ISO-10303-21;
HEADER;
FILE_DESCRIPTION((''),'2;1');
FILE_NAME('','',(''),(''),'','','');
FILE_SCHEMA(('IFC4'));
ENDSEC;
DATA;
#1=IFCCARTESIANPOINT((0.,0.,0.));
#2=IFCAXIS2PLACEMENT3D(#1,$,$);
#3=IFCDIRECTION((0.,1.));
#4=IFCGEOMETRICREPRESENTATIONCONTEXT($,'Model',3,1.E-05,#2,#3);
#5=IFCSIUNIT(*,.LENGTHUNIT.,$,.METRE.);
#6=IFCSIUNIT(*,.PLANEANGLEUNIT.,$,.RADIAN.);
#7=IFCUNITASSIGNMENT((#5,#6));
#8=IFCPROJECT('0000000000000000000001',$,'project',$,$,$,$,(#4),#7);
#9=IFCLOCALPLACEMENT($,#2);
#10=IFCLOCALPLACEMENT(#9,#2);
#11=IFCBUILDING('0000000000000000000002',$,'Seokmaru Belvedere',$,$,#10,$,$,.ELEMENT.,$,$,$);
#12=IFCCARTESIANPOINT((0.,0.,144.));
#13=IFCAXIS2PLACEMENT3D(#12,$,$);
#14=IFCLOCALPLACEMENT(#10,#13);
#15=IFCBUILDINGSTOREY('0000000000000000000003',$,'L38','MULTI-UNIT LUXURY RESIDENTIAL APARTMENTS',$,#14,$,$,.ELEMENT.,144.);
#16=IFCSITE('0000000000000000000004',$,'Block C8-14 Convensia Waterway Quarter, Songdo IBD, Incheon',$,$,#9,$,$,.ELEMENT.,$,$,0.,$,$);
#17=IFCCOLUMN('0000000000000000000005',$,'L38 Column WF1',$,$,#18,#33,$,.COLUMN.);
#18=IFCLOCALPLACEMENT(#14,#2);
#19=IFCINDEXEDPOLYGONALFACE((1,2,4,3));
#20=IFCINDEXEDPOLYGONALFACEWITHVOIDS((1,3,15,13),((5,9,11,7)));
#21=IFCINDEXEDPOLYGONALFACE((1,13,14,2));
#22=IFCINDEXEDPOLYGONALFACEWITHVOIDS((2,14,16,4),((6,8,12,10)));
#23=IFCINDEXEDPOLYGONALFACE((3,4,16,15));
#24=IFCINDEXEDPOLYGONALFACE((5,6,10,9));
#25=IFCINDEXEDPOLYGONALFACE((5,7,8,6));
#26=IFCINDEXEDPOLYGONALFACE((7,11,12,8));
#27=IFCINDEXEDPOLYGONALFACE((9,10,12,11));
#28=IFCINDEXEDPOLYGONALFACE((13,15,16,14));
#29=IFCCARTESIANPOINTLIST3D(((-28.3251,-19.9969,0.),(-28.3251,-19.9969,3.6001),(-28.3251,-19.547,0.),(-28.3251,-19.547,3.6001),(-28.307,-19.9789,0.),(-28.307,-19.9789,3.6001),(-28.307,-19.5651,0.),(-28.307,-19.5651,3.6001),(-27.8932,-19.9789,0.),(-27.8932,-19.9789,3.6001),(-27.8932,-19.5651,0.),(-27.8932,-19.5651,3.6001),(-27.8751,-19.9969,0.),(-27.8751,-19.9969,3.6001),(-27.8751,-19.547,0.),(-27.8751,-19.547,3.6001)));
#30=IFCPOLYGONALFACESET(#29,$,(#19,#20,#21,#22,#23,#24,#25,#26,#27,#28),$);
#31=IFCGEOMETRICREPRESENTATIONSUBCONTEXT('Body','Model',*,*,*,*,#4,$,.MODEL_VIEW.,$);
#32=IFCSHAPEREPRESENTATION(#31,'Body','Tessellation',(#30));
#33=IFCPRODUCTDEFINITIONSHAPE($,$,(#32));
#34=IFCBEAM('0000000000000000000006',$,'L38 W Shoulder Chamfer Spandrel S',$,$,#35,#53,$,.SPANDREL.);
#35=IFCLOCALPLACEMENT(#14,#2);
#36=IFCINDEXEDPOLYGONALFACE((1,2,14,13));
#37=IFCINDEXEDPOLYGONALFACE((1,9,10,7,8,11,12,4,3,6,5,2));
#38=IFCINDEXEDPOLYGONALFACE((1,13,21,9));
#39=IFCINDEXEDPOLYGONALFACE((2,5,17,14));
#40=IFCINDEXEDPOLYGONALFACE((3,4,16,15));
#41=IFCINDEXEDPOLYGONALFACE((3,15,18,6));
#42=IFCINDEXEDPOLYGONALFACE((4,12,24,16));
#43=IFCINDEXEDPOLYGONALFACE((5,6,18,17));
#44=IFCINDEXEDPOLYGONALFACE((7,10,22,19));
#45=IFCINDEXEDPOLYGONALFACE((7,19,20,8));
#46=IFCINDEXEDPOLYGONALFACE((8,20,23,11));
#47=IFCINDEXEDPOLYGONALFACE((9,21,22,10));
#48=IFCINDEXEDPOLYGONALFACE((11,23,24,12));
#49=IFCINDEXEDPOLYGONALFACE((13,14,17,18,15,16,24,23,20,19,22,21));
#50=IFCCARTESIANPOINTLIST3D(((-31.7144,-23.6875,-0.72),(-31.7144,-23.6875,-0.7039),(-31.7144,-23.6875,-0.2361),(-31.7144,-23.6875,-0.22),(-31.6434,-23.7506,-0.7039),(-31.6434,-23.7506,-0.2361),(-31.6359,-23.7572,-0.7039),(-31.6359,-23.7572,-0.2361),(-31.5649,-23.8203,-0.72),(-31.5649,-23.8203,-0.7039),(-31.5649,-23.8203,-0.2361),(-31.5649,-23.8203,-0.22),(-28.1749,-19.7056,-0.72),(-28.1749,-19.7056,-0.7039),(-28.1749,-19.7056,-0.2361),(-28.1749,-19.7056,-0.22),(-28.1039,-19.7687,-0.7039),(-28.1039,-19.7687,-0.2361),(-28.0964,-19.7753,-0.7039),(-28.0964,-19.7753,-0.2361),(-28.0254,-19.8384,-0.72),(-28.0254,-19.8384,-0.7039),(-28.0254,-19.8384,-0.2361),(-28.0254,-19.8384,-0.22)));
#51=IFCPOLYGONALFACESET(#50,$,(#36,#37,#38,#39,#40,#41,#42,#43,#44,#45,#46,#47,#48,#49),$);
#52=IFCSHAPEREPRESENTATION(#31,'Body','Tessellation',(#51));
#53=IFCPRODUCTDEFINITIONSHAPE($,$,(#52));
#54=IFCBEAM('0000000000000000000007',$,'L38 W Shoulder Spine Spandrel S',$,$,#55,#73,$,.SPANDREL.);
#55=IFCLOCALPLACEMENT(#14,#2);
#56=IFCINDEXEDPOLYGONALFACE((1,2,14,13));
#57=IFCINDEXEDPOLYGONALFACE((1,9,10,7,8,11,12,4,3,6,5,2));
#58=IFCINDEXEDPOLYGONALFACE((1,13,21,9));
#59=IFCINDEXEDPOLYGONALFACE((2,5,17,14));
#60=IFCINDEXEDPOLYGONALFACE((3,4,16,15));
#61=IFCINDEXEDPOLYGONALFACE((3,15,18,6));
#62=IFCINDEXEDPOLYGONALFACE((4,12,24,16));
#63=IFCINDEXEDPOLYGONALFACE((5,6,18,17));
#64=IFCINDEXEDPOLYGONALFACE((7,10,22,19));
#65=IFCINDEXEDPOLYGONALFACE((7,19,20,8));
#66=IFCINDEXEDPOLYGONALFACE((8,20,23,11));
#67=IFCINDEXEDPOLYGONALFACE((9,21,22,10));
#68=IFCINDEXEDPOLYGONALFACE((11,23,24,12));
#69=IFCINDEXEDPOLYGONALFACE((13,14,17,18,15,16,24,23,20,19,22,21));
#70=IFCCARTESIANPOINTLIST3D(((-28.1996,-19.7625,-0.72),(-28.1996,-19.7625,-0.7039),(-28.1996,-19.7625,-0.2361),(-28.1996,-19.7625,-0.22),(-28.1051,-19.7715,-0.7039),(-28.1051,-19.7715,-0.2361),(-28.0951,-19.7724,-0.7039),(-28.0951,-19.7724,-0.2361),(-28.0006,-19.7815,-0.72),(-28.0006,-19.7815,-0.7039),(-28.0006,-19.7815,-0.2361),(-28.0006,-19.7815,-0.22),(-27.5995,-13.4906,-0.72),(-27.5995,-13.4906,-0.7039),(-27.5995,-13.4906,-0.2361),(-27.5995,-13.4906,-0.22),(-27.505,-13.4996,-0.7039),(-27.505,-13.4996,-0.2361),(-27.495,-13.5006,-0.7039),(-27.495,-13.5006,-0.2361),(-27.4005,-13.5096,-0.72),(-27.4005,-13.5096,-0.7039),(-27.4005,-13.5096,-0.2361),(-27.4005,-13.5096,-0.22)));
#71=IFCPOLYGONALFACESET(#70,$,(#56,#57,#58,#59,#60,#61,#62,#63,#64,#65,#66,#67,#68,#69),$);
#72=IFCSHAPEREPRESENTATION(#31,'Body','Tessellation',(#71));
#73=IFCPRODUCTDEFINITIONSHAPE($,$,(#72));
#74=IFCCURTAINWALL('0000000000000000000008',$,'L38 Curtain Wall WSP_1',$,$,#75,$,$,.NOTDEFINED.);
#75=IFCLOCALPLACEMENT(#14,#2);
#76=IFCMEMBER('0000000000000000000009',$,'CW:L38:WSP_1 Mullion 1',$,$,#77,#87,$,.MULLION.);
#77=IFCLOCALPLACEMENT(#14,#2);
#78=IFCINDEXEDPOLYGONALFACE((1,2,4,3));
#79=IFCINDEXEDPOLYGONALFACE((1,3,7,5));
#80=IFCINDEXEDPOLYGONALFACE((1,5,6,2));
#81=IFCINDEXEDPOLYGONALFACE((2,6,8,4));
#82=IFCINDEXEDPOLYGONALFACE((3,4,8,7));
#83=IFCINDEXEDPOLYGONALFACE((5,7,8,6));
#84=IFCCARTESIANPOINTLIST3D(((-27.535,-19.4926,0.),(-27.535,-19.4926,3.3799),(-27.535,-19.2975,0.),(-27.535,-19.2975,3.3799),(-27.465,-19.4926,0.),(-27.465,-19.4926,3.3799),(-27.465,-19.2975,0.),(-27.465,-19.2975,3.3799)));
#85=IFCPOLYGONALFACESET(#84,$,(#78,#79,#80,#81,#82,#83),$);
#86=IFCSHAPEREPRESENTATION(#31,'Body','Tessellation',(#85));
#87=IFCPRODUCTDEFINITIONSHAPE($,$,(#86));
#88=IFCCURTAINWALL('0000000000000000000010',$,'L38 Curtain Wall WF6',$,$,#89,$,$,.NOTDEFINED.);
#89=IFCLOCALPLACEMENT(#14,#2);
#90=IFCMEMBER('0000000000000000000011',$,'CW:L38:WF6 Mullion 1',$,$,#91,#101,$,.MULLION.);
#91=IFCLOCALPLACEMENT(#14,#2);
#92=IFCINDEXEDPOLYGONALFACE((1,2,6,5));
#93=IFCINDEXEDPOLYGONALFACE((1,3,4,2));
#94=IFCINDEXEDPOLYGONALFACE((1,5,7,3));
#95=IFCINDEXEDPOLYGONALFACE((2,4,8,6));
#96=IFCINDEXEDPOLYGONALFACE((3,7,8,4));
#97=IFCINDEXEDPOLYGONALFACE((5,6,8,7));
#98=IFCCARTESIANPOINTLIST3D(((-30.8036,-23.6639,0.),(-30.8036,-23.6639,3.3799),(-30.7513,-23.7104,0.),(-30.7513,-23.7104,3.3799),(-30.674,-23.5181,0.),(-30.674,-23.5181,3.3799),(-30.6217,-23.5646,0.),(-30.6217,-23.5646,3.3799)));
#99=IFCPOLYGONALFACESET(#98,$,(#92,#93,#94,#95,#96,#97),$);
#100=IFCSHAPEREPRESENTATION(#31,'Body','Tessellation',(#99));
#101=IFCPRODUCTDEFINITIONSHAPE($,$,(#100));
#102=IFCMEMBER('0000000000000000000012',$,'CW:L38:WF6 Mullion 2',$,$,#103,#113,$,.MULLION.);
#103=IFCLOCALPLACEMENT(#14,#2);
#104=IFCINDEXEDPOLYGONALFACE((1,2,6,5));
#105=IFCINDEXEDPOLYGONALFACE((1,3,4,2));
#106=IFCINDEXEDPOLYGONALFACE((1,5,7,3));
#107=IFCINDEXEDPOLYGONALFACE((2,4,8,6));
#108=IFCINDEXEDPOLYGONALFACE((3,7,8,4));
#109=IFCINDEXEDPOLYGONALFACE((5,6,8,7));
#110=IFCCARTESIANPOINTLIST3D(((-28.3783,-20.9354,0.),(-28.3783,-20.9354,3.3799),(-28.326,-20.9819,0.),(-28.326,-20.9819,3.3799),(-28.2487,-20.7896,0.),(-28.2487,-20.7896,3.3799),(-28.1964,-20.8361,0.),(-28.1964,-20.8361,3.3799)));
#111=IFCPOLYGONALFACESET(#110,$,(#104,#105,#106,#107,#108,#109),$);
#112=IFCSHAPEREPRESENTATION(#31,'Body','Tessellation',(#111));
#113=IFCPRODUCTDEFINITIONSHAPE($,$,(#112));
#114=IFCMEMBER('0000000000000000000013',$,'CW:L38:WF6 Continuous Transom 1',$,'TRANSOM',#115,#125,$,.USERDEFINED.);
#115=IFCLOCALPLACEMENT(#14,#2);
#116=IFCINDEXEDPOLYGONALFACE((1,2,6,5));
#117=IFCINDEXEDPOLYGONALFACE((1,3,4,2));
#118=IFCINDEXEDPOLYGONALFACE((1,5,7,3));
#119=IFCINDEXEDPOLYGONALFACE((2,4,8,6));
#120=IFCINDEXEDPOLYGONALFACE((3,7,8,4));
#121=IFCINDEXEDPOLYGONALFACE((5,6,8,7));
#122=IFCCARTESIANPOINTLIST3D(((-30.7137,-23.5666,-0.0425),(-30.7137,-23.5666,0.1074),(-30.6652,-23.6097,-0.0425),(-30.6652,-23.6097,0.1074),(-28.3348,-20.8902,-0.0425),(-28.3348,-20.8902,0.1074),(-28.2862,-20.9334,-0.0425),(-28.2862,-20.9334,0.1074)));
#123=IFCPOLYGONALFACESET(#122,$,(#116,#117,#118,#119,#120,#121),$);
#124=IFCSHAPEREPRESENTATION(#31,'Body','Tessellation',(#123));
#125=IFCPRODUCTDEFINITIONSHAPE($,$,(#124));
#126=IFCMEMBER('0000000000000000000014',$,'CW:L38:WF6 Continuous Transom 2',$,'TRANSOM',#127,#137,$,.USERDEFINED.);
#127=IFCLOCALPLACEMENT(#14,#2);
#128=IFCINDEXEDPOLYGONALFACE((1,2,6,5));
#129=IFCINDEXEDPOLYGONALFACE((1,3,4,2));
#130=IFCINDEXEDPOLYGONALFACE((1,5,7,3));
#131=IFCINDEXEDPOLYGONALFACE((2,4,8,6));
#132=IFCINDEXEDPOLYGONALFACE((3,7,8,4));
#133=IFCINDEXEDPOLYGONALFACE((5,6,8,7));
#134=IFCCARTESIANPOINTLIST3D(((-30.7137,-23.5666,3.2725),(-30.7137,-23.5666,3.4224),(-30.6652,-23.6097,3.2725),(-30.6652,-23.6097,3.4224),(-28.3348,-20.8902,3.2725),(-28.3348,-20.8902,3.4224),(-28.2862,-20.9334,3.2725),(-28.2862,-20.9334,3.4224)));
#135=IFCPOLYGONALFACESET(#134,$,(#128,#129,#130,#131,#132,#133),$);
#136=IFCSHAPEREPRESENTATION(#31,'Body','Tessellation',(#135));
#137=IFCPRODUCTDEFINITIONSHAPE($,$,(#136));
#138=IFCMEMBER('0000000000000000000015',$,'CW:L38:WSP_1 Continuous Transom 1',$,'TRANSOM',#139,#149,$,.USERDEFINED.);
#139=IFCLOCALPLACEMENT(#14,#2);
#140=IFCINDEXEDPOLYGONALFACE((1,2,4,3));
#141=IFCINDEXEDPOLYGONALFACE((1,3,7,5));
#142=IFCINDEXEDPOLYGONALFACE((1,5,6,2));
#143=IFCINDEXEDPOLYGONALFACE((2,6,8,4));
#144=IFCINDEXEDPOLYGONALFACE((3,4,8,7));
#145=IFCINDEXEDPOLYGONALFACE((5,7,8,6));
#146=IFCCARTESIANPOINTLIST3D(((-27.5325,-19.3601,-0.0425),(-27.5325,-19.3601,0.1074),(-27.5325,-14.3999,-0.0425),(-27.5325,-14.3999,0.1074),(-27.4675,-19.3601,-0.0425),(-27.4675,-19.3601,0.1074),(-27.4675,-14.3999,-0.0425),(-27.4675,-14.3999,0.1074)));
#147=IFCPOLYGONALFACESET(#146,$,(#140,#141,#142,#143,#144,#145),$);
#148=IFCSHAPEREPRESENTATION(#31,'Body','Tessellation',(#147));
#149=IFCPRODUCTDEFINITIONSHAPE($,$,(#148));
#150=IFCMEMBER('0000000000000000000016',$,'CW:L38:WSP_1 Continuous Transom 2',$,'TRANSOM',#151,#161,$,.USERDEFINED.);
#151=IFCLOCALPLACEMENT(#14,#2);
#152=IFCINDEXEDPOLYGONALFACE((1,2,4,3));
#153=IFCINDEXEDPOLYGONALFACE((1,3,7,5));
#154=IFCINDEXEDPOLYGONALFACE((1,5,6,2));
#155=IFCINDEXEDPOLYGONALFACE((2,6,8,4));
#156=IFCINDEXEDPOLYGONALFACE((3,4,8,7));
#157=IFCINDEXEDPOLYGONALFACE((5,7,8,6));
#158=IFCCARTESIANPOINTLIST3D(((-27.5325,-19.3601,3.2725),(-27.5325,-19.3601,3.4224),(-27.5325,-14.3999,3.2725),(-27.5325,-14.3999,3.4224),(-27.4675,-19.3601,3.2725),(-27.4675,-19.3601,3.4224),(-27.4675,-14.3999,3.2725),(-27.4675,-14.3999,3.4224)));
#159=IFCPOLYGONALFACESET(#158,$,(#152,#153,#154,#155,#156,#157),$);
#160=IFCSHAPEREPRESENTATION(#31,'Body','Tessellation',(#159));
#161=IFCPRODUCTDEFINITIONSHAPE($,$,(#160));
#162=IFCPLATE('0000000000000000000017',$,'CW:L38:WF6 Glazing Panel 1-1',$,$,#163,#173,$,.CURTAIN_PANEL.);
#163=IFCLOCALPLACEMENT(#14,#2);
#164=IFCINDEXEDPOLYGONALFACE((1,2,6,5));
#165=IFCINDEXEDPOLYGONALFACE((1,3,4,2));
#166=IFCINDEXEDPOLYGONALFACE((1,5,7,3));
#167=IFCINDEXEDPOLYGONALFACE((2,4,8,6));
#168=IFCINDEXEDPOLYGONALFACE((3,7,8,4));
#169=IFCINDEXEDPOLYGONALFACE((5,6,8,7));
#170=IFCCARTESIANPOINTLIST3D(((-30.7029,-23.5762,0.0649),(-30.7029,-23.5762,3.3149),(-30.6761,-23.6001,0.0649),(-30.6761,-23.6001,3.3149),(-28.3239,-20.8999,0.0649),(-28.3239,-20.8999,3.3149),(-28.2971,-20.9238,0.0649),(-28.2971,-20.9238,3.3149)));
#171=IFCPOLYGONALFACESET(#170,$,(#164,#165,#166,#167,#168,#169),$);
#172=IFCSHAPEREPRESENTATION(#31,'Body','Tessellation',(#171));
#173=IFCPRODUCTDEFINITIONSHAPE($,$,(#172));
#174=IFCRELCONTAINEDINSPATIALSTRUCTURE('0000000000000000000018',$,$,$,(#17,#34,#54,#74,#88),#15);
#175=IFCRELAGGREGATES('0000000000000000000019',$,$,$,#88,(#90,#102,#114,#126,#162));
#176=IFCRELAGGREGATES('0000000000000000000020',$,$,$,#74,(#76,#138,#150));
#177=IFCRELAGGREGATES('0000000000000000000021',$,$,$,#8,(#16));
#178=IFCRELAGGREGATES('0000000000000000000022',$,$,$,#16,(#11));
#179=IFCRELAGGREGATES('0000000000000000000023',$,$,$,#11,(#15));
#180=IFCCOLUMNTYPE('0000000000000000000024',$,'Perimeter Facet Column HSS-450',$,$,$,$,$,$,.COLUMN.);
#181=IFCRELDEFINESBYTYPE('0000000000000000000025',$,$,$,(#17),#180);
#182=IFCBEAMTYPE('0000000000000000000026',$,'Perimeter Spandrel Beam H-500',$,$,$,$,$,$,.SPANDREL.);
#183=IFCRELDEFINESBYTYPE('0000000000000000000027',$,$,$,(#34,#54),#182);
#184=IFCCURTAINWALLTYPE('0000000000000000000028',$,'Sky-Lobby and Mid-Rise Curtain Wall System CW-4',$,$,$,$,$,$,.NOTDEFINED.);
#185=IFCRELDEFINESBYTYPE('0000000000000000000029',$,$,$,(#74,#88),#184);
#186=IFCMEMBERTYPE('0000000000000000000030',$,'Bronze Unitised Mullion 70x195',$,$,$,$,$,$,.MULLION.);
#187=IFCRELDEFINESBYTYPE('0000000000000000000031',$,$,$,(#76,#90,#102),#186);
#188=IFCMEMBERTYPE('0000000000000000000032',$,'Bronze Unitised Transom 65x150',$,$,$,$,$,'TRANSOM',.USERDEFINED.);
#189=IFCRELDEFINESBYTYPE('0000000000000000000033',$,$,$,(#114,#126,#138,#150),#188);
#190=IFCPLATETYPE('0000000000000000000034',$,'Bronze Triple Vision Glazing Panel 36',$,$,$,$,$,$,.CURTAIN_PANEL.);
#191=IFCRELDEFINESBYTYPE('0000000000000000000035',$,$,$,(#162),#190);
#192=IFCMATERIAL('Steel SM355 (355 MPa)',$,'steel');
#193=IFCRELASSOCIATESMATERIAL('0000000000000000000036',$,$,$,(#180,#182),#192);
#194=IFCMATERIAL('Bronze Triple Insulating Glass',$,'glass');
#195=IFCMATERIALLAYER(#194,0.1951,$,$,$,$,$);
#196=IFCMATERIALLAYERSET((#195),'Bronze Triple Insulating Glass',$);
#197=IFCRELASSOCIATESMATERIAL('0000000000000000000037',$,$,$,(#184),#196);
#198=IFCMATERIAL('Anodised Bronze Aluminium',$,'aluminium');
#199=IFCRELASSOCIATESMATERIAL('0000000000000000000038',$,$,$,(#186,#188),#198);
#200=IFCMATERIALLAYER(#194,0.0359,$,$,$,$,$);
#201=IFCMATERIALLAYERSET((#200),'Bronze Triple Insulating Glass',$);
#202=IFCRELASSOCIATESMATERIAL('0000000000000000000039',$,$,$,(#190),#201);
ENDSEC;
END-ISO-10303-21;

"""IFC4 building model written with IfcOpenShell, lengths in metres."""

from ifc_helpers import new_model, si_unit, direction, frame, origin, origin_2d, place, context, subcontext, project, spatial, rectangle, hollow_rectangle, i_section, extrude, source, transform, mapped, material, layer, layer_set, material_profile, profile_set, type_object, type_shapes, element, aggregate, save


model = new_model("IFC4")

# Units and contexts
model_context = context("Model", 3, precision=1e-05, world=origin(), true_north=direction((0.0, 1.0)))
body_context = subcontext(model_context, "Body", "Model", "MODEL_VIEW")
ifc_project = project(units=[si_unit("LENGTHUNIT", "METRE"), si_unit("PLANEANGLEUNIT", "RADIAN")], contexts=[model_context])

# Site, building, storey
site_placement = place(None, origin())
site = spatial("IfcSite", under=ifc_project, at=site_placement, Name="Block C8-14 Convensia Waterway Quarter, Songdo IBD, Incheon", CompositionType="ELEMENT", RefElevation=0.0)
building_placement = place(site_placement, origin())
building = spatial("IfcBuilding", under=site, at=building_placement, Name="Seokmaru Belvedere", CompositionType="ELEMENT")
storey_placement = place(building_placement, frame((0.0, 0.0, 144.0)))
storey = spatial("IfcBuildingStorey", under=building, at=storey_placement, Name="L38", Description="MULTI-UNIT LUXURY RESIDENTIAL APARTMENTS", CompositionType="ELEMENT", Elevation=144.0)

# Column
ifc_material_1 = material(Name="Steel SM355 (355 MPa)", Category="steel")
ifc_material_profile_1 = material_profile(ifc_material_1, hollow_rectangle(XDim=0.45, YDim=0.45, WallThickness=0.0181, at=origin_2d()), Name="HSS-450x450x18")
ifc_profile_set_1 = profile_set([ifc_material_profile_1], Name="Steel SM355 (355 MPa)")
column_type = type_object("IfcColumnType", Name="Perimeter Facet Column HSS-450", PredefinedType="COLUMN", material=ifc_profile_set_1)
shared_shape_1 = source(origin(), body_context, "Body", "SweptSolid", [
    extrude(hollow_rectangle(XDim=0.45, YDim=0.45, WallThickness=0.0181, at=origin_2d()), origin(), (0.0, 0.0, 1.0), 3.6001),
])
type_shapes(column_type, [shared_shape_1])
column_placement = place(storey_placement, frame((-28.1001, -19.772, 0.0), z_axis=(0.0, 0.0, 1.0), x_axis=(1.0, 0.0, 0.0)))
element("IfcColumn", 1, at=column_placement, inside=storey, type_object=column_type, Name="L38 Column WF1", PredefinedType="COLUMN", context=body_context, shape_type="MappedRepresentation", body=[
    mapped(shared_shape_1, transform((0.0, 0.0, 0.0), scale=1.0)),
])

# Beams
ifc_material_profile_2 = material_profile(ifc_material_1, i_section(OverallWidth=0.2, OverallDepth=0.5, WebThickness=0.01, FlangeThickness=0.0161, at=origin_2d()), Name="H-500x200x10x16")
ifc_profile_set_2 = profile_set([ifc_material_profile_2], Name="Steel SM355 (355 MPa)")
beam_type = type_object("IfcBeamType", Name="Perimeter Spandrel Beam H-500", PredefinedType="SPANDREL", material=ifc_profile_set_2)
shared_shape_2 = source(origin(), body_context, "Body", "SweptSolid", [
    extrude(i_section(OverallWidth=0.2, OverallDepth=0.5, WebThickness=0.01, FlangeThickness=0.0161, at=origin_2d()), origin(), (0.0, 0.0, 1.0), 5.3276),
])
beam_1_placement = place(storey_placement, frame((-31.6396, -23.7539, -0.47), z_axis=(0.66437, 0.747404, 0.0), x_axis=(-0.747404, 0.66437, 0.0)))
element("IfcBeam", 2, at=beam_1_placement, inside=storey, type_object=beam_type, Name="L38 W Shoulder Chamfer Spandrel S", PredefinedType="SPANDREL", context=body_context, shape_type="MappedRepresentation", body=[
    mapped(shared_shape_2, transform((0.0, 0.0, 0.0), scale=1.0)),
])
shared_shape_3 = source(origin(), body_context, "Body", "SweptSolid", [
    extrude(i_section(OverallWidth=0.2, OverallDepth=0.5, WebThickness=0.01, FlangeThickness=0.0161, at=origin_2d()), origin(), (0.0, 0.0, 1.0), 6.3005),
])
type_shapes(beam_type, [shared_shape_2, shared_shape_3])
beam_2_placement = place(storey_placement, frame((-28.1001, -19.772, -0.47), z_axis=(0.095244, 0.995454, 0.0), x_axis=(-0.995454, 0.095244, 0.0)))
element("IfcBeam", 3, at=beam_2_placement, inside=storey, type_object=beam_type, Name="L38 W Shoulder Spine Spandrel S", PredefinedType="SPANDREL", context=body_context, shape_type="MappedRepresentation", body=[
    mapped(shared_shape_3, transform((0.0, 0.0, 0.0), scale=1.0)),
])

# Curtain wall, member
ifc_material_2 = material(Name="Bronze Triple Insulating Glass", Category="glass")
ifc_layer_1 = layer(ifc_material_2, 0.1951)
ifc_layer_set_1 = layer_set([ifc_layer_1], Name="Bronze Triple Insulating Glass")
curtain_wall_type = type_object("IfcCurtainWallType", Name="Sky-Lobby and Mid-Rise Curtain Wall System CW-4", PredefinedType="NOTDEFINED", material=ifc_layer_set_1)
curtain_wall_1_placement = place(storey_placement, origin())
curtain_wall_1 = element("IfcCurtainWall", 4, at=curtain_wall_1_placement, inside=storey, type_object=curtain_wall_type, Name="L38 Curtain Wall WSP_1", PredefinedType="NOTDEFINED")
ifc_material_3 = material(Name="Anodised Bronze Aluminium", Category="aluminium")
ifc_material_profile_3 = material_profile(ifc_material_3, rectangle(XDim=0.0701, YDim=0.1951, at=origin_2d()), Name="CW-M-70x195")
ifc_profile_set_3 = profile_set([ifc_material_profile_3], Name="Anodised Bronze Aluminium")
member_type_1 = type_object("IfcMemberType", Name="Bronze Unitised Mullion 70x195", PredefinedType="MULLION", material=ifc_profile_set_3)
shared_shape_4 = source(origin(), body_context, "Body", "SweptSolid", [
    extrude(rectangle(XDim=0.0701, YDim=0.1951, at=origin_2d()), origin(), (0.0, 0.0, 1.0), 3.3799),
])
type_shapes(member_type_1, [shared_shape_4])
member_1_placement = place(storey_placement, frame((-27.5, -19.395, 0.0), z_axis=(0.0, 0.0, 1.0), x_axis=(-1.0, 0.0, 0.0)))
member_1 = element("IfcMember", 5, at=member_1_placement, type_object=member_type_1, Name="CW:L38:WSP_1 Mullion 1", PredefinedType="MULLION", context=body_context, shape_type="MappedRepresentation", body=[
    mapped(shared_shape_4, transform((0.0, 0.0, 0.0), scale=1.0)),
])

# Curtain wall, members
curtain_wall_2_placement = place(storey_placement, origin())
curtain_wall_2 = element("IfcCurtainWall", 6, at=curtain_wall_2_placement, inside=storey, type_object=curtain_wall_type, Name="L38 Curtain Wall WF6", PredefinedType="NOTDEFINED")
member_2_placement = place(storey_placement, frame((-30.7126, -23.6143, 0.0), z_axis=(0.0, 0.0, 1.0), x_axis=(-0.74741, 0.664363, 0.0)))
member_2 = element("IfcMember", 7, at=member_2_placement, type_object=member_type_1, Name="CW:L38:WF6 Mullion 1", PredefinedType="MULLION", context=body_context, shape_type="MappedRepresentation", body=[
    mapped(shared_shape_4, transform((0.0, 0.0, 0.0), scale=1.0)),
])
member_3_placement = place(storey_placement, frame((-28.2874, -20.8857, 0.0), z_axis=(0.0, 0.0, 1.0), x_axis=(-0.74741, 0.664363, 0.0)))
member_3 = element("IfcMember", 8, at=member_3_placement, type_object=member_type_1, Name="CW:L38:WF6 Mullion 2", PredefinedType="MULLION", context=body_context, shape_type="MappedRepresentation", body=[
    mapped(shared_shape_4, transform((0.0, 0.0, 0.0), scale=1.0)),
])
ifc_material_profile_4 = material_profile(ifc_material_3, rectangle(XDim=0.0649, YDim=0.1499, at=origin_2d()), Name="CW-T-65x150")
ifc_profile_set_4 = profile_set([ifc_material_profile_4], Name="Anodised Bronze Aluminium")
member_type_2 = type_object("IfcMemberType", Name="Bronze Unitised Transom 65x150", ElementType="TRANSOM", PredefinedType="USERDEFINED", material=ifc_profile_set_4)
shared_shape_5 = source(origin(), body_context, "Body", "SweptSolid", [
    extrude(rectangle(XDim=0.0649, YDim=0.1499, at=origin_2d()), origin(), (0.0, 0.0, 1.0), 3.5808),
])
member_4_placement = place(storey_placement, frame((-30.6895, -23.5881, 0.0325), z_axis=(0.664364, 0.747409, 0.0), x_axis=(-0.747409, 0.664364, 0.0)))
member_4 = element("IfcMember", 9, at=member_4_placement, type_object=member_type_2, Name="CW:L38:WF6 Continuous Transom 1", ObjectType="TRANSOM", PredefinedType="USERDEFINED", context=body_context, shape_type="MappedRepresentation", body=[
    mapped(shared_shape_5, transform((0.0, 0.0, 0.0), scale=1.0)),
])
member_5_placement = place(storey_placement, frame((-30.6895, -23.5881, 3.3474), z_axis=(0.664364, 0.747409, 0.0), x_axis=(-0.747409, 0.664364, 0.0)))
member_5 = element("IfcMember", 10, at=member_5_placement, type_object=member_type_2, Name="CW:L38:WF6 Continuous Transom 2", ObjectType="TRANSOM", PredefinedType="USERDEFINED", context=body_context, shape_type="MappedRepresentation", body=[
    mapped(shared_shape_5, transform((0.0, 0.0, 0.0), scale=1.0)),
])

# Members
shared_shape_6 = source(origin(), body_context, "Body", "SweptSolid", [
    extrude(rectangle(XDim=0.0649, YDim=0.1499, at=origin_2d()), origin(), (0.0, 0.0, 1.0), 4.9602),
])
type_shapes(member_type_2, [shared_shape_5, shared_shape_6])
member_6_placement = place(storey_placement, frame((-27.5, -19.3601, 0.0325), z_axis=(0.0, 1.0, 0.0), x_axis=(-1.0, 0.0, 0.0)))
member_6 = element("IfcMember", 11, at=member_6_placement, type_object=member_type_2, Name="CW:L38:WSP_1 Continuous Transom 1", ObjectType="TRANSOM", PredefinedType="USERDEFINED", context=body_context, shape_type="MappedRepresentation", body=[
    mapped(shared_shape_6, transform((0.0, 0.0, 0.0), scale=1.0)),
])
member_7_placement = place(storey_placement, frame((-27.5, -19.3601, 3.3474), z_axis=(0.0, 1.0, 0.0), x_axis=(-1.0, 0.0, 0.0)))
member_7 = element("IfcMember", 12, at=member_7_placement, type_object=member_type_2, Name="CW:L38:WSP_1 Continuous Transom 2", ObjectType="TRANSOM", PredefinedType="USERDEFINED", context=body_context, shape_type="MappedRepresentation", body=[
    mapped(shared_shape_6, transform((0.0, 0.0, 0.0), scale=1.0)),
])

# Plate
ifc_layer_2 = layer(ifc_material_2, 0.0359)
ifc_layer_set_2 = layer_set([ifc_layer_2], Name="Bronze Triple Insulating Glass")
plate_type = type_object("IfcPlateType", Name="Bronze Triple Vision Glazing Panel 36", PredefinedType="CURTAIN_PANEL", material=ifc_layer_set_2)
shared_shape_7 = source(origin(), body_context, "Body", "SweptSolid", [
    extrude(rectangle(XDim=3.5808, YDim=0.0359, at=origin_2d()), origin(), (0.0, 0.0, 1.0), 3.25),
])
plate_1_placement = place(storey_placement, frame((-29.5, -22.25, 0.0649), z_axis=(0.0, 0.0, 1.0), x_axis=(0.664363, 0.74741, 0.0)))
plate_1 = element("IfcPlate", 13, at=plate_1_placement, type_object=plate_type, Name="CW:L38:WF6 Glazing Panel 1-1", PredefinedType="CURTAIN_PANEL", context=body_context, shape_type="MappedRepresentation", body=[
    mapped(shared_shape_7, transform((0.0, 0.0, 0.0), scale=1.0)),
])
aggregate(curtain_wall_2, [member_2, member_3, member_4, member_5, plate_1])
aggregate(curtain_wall_1, [member_1, member_6, member_7])

save(model, "model.ifc")
